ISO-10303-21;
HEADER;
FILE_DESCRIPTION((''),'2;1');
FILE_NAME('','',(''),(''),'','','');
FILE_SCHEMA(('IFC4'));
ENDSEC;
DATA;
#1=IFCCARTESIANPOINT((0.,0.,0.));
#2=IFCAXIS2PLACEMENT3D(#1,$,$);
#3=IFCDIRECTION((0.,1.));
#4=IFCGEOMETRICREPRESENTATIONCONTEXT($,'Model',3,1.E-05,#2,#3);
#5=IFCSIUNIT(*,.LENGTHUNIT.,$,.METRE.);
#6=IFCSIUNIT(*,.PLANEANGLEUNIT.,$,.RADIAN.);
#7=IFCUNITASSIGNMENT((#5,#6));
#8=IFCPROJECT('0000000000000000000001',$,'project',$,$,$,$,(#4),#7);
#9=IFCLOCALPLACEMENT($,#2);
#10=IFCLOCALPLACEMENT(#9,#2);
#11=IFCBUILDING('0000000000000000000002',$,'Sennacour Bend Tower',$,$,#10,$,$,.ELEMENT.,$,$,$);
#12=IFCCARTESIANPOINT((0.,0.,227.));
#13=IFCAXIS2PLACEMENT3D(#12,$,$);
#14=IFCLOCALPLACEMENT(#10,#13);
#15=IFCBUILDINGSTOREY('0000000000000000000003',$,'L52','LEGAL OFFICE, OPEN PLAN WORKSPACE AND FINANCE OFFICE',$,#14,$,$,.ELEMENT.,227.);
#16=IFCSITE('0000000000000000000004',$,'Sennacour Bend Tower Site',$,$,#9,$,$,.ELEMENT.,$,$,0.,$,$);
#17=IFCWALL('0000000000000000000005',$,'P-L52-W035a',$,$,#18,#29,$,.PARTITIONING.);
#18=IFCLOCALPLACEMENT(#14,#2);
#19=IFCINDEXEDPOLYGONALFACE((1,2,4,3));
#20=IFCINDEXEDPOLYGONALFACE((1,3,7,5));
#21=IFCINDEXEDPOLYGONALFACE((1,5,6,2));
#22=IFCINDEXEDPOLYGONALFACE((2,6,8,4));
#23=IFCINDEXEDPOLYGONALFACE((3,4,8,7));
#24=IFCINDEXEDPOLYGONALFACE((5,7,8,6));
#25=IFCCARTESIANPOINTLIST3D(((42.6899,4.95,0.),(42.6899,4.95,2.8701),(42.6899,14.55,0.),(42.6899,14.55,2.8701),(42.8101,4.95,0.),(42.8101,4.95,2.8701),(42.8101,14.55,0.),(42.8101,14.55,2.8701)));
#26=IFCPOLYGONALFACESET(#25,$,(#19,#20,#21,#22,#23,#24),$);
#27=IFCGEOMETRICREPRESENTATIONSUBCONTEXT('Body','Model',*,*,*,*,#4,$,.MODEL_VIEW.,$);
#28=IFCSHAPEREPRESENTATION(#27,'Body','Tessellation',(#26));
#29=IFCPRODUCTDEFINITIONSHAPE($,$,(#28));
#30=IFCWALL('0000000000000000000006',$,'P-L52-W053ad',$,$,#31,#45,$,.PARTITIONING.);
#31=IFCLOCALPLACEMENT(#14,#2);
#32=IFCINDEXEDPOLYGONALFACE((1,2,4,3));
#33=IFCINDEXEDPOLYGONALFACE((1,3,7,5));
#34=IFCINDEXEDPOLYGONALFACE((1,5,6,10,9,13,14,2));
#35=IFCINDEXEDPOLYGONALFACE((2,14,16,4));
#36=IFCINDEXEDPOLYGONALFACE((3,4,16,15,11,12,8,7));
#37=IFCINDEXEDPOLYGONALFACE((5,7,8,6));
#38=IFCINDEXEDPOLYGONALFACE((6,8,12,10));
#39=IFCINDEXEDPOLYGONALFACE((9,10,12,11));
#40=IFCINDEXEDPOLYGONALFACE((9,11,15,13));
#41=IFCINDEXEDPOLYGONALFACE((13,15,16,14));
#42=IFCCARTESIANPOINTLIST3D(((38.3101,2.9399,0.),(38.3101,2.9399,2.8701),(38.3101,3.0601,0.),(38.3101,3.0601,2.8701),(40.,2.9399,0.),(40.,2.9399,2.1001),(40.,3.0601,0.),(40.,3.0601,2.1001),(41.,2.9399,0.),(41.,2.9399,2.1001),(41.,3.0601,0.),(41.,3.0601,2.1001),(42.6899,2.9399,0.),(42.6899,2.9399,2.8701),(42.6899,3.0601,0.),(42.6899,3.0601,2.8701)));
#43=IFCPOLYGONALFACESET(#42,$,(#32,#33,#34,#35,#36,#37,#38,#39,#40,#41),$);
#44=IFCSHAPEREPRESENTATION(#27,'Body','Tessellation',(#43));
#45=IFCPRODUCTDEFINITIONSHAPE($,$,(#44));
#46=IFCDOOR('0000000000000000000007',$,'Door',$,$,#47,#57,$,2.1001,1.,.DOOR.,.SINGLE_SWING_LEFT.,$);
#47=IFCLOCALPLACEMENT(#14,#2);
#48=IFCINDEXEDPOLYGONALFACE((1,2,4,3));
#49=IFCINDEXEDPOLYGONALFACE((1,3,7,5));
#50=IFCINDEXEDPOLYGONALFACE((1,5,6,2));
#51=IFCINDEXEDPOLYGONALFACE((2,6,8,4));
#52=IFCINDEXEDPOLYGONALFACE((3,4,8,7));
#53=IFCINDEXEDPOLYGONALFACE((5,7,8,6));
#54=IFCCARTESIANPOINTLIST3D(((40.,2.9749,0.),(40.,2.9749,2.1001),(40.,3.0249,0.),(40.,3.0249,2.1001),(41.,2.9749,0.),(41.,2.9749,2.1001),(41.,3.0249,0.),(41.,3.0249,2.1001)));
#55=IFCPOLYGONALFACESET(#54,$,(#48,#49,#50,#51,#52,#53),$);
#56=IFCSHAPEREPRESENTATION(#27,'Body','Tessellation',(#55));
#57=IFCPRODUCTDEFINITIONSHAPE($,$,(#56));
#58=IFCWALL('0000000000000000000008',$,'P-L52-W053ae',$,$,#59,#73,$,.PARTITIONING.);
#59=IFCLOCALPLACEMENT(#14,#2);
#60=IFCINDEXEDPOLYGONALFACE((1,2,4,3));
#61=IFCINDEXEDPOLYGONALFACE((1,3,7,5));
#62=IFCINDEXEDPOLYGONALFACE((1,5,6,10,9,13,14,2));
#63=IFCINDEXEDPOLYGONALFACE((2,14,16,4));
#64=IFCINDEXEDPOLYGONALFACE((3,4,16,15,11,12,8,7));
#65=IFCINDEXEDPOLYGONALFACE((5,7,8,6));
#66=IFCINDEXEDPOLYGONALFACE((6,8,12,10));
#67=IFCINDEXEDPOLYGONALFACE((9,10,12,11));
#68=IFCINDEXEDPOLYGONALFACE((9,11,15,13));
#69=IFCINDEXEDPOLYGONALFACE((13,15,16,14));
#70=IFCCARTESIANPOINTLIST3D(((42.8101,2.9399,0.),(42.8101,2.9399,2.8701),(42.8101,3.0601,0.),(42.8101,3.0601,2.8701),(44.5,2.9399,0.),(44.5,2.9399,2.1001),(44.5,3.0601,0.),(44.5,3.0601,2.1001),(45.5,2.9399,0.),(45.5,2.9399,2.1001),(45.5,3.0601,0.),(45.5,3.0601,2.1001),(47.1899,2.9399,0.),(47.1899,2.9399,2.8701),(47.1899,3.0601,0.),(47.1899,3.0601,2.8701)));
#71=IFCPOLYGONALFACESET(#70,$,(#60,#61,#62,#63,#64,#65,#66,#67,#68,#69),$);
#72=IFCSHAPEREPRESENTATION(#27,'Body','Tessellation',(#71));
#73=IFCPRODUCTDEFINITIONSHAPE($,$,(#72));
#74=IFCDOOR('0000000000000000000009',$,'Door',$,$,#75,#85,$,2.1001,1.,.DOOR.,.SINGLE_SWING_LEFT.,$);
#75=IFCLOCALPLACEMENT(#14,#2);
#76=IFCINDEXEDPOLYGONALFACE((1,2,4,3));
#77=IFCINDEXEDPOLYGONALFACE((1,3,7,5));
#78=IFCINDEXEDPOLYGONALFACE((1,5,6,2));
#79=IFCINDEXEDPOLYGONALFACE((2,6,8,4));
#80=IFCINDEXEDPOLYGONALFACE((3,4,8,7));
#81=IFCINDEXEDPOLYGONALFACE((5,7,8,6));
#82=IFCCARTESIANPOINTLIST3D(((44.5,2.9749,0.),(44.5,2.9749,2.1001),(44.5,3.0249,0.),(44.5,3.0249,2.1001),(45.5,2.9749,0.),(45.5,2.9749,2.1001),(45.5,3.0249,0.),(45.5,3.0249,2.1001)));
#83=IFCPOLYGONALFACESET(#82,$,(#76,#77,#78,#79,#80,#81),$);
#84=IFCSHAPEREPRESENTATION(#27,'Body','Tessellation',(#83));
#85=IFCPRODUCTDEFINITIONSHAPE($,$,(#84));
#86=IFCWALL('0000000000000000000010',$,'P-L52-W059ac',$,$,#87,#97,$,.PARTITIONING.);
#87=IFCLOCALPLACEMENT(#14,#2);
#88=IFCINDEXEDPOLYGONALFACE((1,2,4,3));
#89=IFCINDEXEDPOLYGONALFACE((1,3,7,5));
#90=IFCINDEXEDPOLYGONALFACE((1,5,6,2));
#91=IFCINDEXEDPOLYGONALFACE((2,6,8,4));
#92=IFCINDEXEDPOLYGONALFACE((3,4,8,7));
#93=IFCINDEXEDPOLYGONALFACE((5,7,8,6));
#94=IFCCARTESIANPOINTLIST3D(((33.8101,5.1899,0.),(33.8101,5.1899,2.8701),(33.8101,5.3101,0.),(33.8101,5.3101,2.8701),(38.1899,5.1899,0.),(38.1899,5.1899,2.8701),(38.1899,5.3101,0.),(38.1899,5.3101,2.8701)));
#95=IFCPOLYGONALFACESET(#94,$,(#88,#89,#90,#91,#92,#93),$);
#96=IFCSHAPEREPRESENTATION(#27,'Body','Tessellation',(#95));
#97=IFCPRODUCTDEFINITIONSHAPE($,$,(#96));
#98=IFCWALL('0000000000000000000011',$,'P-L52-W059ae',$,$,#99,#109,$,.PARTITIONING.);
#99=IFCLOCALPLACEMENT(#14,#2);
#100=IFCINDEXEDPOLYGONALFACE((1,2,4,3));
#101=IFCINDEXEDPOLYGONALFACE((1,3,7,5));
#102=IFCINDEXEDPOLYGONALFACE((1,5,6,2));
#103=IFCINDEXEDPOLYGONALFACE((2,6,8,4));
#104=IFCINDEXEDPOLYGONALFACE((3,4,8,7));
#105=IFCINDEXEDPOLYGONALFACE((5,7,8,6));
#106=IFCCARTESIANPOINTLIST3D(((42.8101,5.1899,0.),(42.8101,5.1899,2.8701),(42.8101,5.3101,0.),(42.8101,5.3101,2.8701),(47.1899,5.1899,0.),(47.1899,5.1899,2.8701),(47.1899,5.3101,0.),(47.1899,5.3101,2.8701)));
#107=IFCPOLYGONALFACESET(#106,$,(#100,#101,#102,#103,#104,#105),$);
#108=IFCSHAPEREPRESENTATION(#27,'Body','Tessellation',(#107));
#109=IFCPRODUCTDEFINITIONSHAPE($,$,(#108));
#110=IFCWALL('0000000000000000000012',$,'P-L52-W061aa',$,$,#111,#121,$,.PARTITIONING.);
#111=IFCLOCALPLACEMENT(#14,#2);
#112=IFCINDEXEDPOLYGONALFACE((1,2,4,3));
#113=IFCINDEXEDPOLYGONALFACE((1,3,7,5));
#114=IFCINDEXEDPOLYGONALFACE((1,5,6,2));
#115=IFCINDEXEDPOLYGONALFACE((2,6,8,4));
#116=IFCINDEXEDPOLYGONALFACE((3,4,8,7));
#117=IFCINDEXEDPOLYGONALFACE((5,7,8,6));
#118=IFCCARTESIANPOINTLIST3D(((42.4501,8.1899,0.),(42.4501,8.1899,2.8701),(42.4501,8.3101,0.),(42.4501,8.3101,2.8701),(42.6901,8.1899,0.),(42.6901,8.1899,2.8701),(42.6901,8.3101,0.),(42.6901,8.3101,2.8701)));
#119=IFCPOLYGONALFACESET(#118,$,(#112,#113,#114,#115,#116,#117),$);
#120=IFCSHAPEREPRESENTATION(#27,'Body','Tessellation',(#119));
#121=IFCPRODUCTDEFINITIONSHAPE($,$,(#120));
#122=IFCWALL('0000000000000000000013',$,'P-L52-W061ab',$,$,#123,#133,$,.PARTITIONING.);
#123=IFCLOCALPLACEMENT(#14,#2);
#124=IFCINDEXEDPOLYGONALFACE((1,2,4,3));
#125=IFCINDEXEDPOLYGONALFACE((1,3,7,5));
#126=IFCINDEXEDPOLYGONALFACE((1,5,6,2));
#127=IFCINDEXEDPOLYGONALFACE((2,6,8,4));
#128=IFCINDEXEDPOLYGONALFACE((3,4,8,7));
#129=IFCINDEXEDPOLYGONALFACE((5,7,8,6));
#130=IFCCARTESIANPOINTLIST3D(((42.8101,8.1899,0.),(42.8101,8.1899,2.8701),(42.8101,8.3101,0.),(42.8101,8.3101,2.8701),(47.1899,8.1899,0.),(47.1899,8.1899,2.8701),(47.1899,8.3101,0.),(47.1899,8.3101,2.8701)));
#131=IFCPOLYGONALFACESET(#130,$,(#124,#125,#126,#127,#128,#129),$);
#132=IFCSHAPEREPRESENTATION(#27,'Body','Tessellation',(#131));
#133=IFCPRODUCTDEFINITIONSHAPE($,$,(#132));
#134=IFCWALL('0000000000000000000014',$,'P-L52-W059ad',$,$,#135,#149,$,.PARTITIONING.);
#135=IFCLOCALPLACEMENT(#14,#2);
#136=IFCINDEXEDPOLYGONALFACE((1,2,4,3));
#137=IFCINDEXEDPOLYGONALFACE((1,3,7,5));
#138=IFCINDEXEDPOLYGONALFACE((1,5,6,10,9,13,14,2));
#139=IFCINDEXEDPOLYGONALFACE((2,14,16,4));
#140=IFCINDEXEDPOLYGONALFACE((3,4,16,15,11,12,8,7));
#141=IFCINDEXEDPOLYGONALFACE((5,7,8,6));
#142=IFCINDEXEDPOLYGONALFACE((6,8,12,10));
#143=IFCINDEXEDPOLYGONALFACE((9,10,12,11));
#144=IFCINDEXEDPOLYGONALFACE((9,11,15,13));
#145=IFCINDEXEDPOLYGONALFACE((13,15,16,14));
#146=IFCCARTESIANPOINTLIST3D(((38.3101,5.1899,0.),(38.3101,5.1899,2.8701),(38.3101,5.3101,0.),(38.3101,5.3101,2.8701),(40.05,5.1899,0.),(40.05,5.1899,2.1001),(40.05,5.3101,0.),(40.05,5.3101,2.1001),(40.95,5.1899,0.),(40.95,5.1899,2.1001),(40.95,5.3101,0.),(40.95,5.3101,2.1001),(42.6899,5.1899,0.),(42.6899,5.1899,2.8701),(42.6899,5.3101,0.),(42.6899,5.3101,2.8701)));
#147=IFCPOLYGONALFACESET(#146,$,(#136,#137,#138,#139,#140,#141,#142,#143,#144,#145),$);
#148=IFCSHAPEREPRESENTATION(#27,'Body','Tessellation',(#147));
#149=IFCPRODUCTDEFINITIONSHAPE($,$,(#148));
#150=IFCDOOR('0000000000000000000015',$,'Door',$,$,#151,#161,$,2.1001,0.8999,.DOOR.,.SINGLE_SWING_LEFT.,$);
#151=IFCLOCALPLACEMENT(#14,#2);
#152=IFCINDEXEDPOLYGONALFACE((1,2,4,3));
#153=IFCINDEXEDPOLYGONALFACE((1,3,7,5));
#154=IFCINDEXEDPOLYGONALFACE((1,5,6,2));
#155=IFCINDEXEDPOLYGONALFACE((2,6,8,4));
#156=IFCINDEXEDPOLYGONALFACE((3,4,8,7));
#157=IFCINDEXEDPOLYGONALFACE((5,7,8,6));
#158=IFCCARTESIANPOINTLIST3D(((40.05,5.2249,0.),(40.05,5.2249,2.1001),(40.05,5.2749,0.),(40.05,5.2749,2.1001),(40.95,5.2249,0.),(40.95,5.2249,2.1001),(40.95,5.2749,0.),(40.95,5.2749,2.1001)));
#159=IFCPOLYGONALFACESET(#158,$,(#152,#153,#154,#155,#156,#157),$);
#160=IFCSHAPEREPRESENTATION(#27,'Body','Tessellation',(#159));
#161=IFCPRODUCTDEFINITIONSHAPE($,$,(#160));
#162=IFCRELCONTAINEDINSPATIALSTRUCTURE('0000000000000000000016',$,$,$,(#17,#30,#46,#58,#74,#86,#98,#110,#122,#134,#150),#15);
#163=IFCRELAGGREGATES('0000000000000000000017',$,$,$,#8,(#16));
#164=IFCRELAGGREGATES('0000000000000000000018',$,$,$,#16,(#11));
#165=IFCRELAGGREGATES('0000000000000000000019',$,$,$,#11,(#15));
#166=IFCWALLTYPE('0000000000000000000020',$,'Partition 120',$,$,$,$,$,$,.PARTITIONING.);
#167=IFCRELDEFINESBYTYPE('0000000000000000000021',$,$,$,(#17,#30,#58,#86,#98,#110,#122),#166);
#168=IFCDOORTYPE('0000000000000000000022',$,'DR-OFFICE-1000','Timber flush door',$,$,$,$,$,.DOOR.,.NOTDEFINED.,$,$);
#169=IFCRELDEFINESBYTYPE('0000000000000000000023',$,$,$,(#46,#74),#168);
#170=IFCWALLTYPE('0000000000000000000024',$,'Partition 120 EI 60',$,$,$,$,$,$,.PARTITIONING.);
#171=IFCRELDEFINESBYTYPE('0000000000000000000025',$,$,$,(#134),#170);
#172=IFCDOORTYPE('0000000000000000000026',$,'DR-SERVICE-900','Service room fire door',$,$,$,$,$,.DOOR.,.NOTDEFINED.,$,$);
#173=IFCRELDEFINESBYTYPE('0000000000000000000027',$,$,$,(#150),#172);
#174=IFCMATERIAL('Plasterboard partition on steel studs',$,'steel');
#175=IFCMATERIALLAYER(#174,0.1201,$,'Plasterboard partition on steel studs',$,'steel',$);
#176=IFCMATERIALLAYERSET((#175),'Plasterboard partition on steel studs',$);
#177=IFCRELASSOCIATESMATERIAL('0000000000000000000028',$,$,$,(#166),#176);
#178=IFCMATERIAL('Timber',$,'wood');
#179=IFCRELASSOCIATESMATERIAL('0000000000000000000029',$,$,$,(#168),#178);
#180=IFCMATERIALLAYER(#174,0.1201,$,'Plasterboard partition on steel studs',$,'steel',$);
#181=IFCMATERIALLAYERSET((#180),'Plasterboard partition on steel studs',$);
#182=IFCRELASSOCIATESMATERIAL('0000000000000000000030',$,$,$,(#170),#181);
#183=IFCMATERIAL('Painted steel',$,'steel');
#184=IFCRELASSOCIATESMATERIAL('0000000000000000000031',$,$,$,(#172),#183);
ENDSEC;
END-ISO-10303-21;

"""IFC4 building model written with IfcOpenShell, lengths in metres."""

from ifc_helpers import new_model, si_unit, direction, frame, frame_2d, origin, place, context, subcontext, project, spatial, rectangle, extrude, material, layer, layer_set, type_object, element, fill, save


model = new_model("IFC4")

# Units and contexts
model_context = context("Model", 3, precision=1e-05, world=origin(), true_north=direction((0.0, 1.0)))
body_context = subcontext(model_context, "Body", "Model", "MODEL_VIEW")
ifc_project = project(units=[si_unit("LENGTHUNIT", "METRE"), si_unit("PLANEANGLEUNIT", "RADIAN")], contexts=[model_context])

# Site, building, storey
site_placement = place(None, origin())
site = spatial("IfcSite", under=ifc_project, at=site_placement, Name="Sennacour Bend Tower Site", CompositionType="ELEMENT", RefElevation=0.0)
building_placement = place(site_placement, origin())
building = spatial("IfcBuilding", under=site, at=building_placement, Name="Sennacour Bend Tower", CompositionType="ELEMENT")
storey_placement = place(building_placement, frame((0.0, 0.0, 227.0)))
storey = spatial("IfcBuildingStorey", under=building, at=storey_placement, Name="L52", Description="LEGAL OFFICE, OPEN PLAN WORKSPACE AND FINANCE OFFICE", CompositionType="ELEMENT", Elevation=227.0)

# Wall
ifc_material_1 = material(Name="Plasterboard partition on steel studs", Category="steel")
ifc_layer_1 = layer(ifc_material_1, 0.1201, Name="Plasterboard partition on steel studs", Category="steel")
ifc_layer_set_1 = layer_set([ifc_layer_1], Name="Plasterboard partition on steel studs")
wall_type_1 = type_object("IfcWallType", Name="Partition 120", PredefinedType="PARTITIONING", material=ifc_layer_set_1)
wall_1_placement = place(storey_placement, frame((42.75, 4.95, 0.0), z_axis=(0.0, 0.0, 1.0), x_axis=(0.0, 1.0, 0.0)))
element("IfcWall", 1, at=wall_1_placement, inside=storey, type_object=wall_type_1, Name="P-L52-W035a", PredefinedType="PARTITIONING", context=body_context, shape_type="SweptSolid", body=[
    extrude(rectangle(XDim=9.6001, YDim=0.1201, at=frame_2d((4.8, 0.0))), origin(), (0.0, 0.0, 1.0), 2.8701),
])

# Walls, openings, doors
wall_2_placement = place(storey_placement, frame((38.3101, 3.0, 0.0), z_axis=(0.0, 0.0, 1.0), x_axis=(1.0, 0.0, 0.0)))
wall_2 = element("IfcWall", 2, at=wall_2_placement, inside=storey, type_object=wall_type_1, Name="P-L52-W053ad", PredefinedType="PARTITIONING", context=body_context, shape_type="SweptSolid", body=[
    extrude(rectangle(XDim=4.3799, YDim=0.1201, at=frame_2d((2.1899, 0.0))), origin(), (0.0, 0.0, 1.0), 2.8701),
])
opening_1_placement = place(wall_2_placement, frame((1.6899, 0.0, 0.0)))
opening_1 = element("IfcOpeningElement", 3, at=opening_1_placement, cuts=wall_2, PredefinedType="OPENING", context=body_context, shape_type="SweptSolid", body=[
    extrude(rectangle(XDim=1.0, YDim=2.1001, at=frame_2d((0.5, 1.05))), frame((0.0, 0.0701, 0.0), z_axis=(0.0, -1.0, 0.0), x_axis=(1.0, 0.0, 0.0)), (0.0, 0.0, 1.0), 0.1401),
])
ifc_material_2 = material(Name="Timber", Category="wood")
door_type_1 = type_object("IfcDoorType", Name="DR-OFFICE-1000", Description="Timber flush door", OperationType="NOTDEFINED", PredefinedType="DOOR", material=ifc_material_2)
door_1_placement = place(opening_1_placement, origin())
door_1 = element("IfcDoor", 4, at=door_1_placement, inside=storey, type_object=door_type_1, Name="Door", OperationType="SINGLE_SWING_LEFT", OverallHeight=2.1001, OverallWidth=1.0, PredefinedType="DOOR", context=body_context, shape_type="SweptSolid", body=[
    extrude(rectangle(XDim=1.0, YDim=2.1001, at=frame_2d((0.5, 1.05))), frame((0.0, 0.0249, 0.0), z_axis=(0.0, -1.0, 0.0), x_axis=(1.0, 0.0, 0.0)), (0.0, 0.0, 1.0), 0.05),
])
fill(opening_1, door_1)
wall_3_placement = place(storey_placement, frame((42.8101, 3.0, 0.0), z_axis=(0.0, 0.0, 1.0), x_axis=(1.0, 0.0, 0.0)))
wall_3 = element("IfcWall", 5, at=wall_3_placement, inside=storey, type_object=wall_type_1, Name="P-L52-W053ae", PredefinedType="PARTITIONING", context=body_context, shape_type="SweptSolid", body=[
    extrude(rectangle(XDim=4.3799, YDim=0.1201, at=frame_2d((2.1899, 0.0))), origin(), (0.0, 0.0, 1.0), 2.8701),
])
opening_2_placement = place(wall_3_placement, frame((1.6899, 0.0, 0.0)))
opening_2 = element("IfcOpeningElement", 6, at=opening_2_placement, cuts=wall_3, PredefinedType="OPENING", context=body_context, shape_type="SweptSolid", body=[
    extrude(rectangle(XDim=1.0, YDim=2.1001, at=frame_2d((0.5, 1.05))), frame((0.0, 0.0701, 0.0), z_axis=(0.0, -1.0, 0.0), x_axis=(1.0, 0.0, 0.0)), (0.0, 0.0, 1.0), 0.1401),
])
door_2_placement = place(opening_2_placement, origin())
door_2 = element("IfcDoor", 7, at=door_2_placement, inside=storey, type_object=door_type_1, Name="Door", OperationType="SINGLE_SWING_LEFT", OverallHeight=2.1001, OverallWidth=1.0, PredefinedType="DOOR", context=body_context, shape_type="SweptSolid", body=[
    extrude(rectangle(XDim=1.0, YDim=2.1001, at=frame_2d((0.5, 1.05))), frame((0.0, 0.0249, 0.0), z_axis=(0.0, -1.0, 0.0), x_axis=(1.0, 0.0, 0.0)), (0.0, 0.0, 1.0), 0.05),
])
fill(opening_2, door_2)

# Walls
for number, where, z_axis, x_axis, name in (
    (8, (33.8101, 5.25, 0.0), (0.0, 0.0, 1.0), (1.0, 0.0, 0.0), "P-L52-W059ac"),
    (9, (42.8101, 5.25, 0.0), (0.0, 0.0, 1.0), (1.0, 0.0, 0.0), "P-L52-W059ae"),
):
    element("IfcWall", number, at=place(storey_placement, frame(where, z_axis=z_axis, x_axis=x_axis)), inside=storey, type_object=wall_type_1, Name=name, PredefinedType="PARTITIONING", context=body_context, shape_type="SweptSolid", body=[
        extrude(rectangle(XDim=4.3799, YDim=0.1201, at=frame_2d((2.1899, 0.0))), origin(), (0.0, 0.0, 1.0), 2.8701),
    ])
wall_4_placement = place(storey_placement, frame((42.45, 8.25, 0.0), z_axis=(0.0, 0.0, 1.0), x_axis=(1.0, 0.0, 0.0)))
element("IfcWall", 10, at=wall_4_placement, inside=storey, type_object=wall_type_1, Name="P-L52-W061aa", PredefinedType="PARTITIONING", context=body_context, shape_type="SweptSolid", body=[
    extrude(rectangle(XDim=0.24, YDim=0.1201, at=frame_2d((0.1201, 0.0))), origin(), (0.0, 0.0, 1.0), 2.8701),
])
wall_5_placement = place(storey_placement, frame((42.8101, 8.25, 0.0), z_axis=(0.0, 0.0, 1.0), x_axis=(1.0, 0.0, 0.0)))
element("IfcWall", 11, at=wall_5_placement, inside=storey, type_object=wall_type_1, Name="P-L52-W061ab", PredefinedType="PARTITIONING", context=body_context, shape_type="SweptSolid", body=[
    extrude(rectangle(XDim=4.3799, YDim=0.1201, at=frame_2d((2.1899, 0.0))), origin(), (0.0, 0.0, 1.0), 2.8701),
])

# Wall, opening, door
ifc_layer_2 = layer(ifc_material_1, 0.1201, Name="Plasterboard partition on steel studs", Category="steel")
ifc_layer_set_2 = layer_set([ifc_layer_2], Name="Plasterboard partition on steel studs")
wall_type_2 = type_object("IfcWallType", Name="Partition 120 EI 60", PredefinedType="PARTITIONING", material=ifc_layer_set_2)
wall_6_placement = place(storey_placement, frame((38.3101, 5.25, 0.0), z_axis=(0.0, 0.0, 1.0), x_axis=(1.0, 0.0, 0.0)))
wall_6 = element("IfcWall", 12, at=wall_6_placement, inside=storey, type_object=wall_type_2, Name="P-L52-W059ad", PredefinedType="PARTITIONING", context=body_context, shape_type="SweptSolid", body=[
    extrude(rectangle(XDim=4.3799, YDim=0.1201, at=frame_2d((2.1899, 0.0))), origin(), (0.0, 0.0, 1.0), 2.8701),
])
opening_3_placement = place(wall_6_placement, frame((1.74, 0.0, 0.0)))
opening_3 = element("IfcOpeningElement", 13, at=opening_3_placement, cuts=wall_6, PredefinedType="OPENING", context=body_context, shape_type="SweptSolid", body=[
    extrude(rectangle(XDim=0.8999, YDim=2.1001, at=frame_2d((0.45, 1.05))), frame((0.0, 0.0701, 0.0), z_axis=(0.0, -1.0, 0.0), x_axis=(1.0, 0.0, 0.0)), (0.0, 0.0, 1.0), 0.1401),
])
ifc_material_3 = material(Name="Painted steel", Category="steel")
door_type_2 = type_object("IfcDoorType", Name="DR-SERVICE-900", Description="Service room fire door", OperationType="NOTDEFINED", PredefinedType="DOOR", material=ifc_material_3)
door_3_placement = place(opening_3_placement, origin())
door_3 = element("IfcDoor", 14, at=door_3_placement, inside=storey, type_object=door_type_2, Name="Door", OperationType="SINGLE_SWING_LEFT", OverallHeight=2.1001, OverallWidth=0.8999, PredefinedType="DOOR", context=body_context, shape_type="SweptSolid", body=[
    extrude(rectangle(XDim=0.8999, YDim=2.1001, at=frame_2d((0.45, 1.05))), frame((0.0, 0.0249, 0.0), z_axis=(0.0, -1.0, 0.0), x_axis=(1.0, 0.0, 0.0)), (0.0, 0.0, 1.0), 0.05),
])
fill(opening_3, door_3)

save(model, "model.ifc")
